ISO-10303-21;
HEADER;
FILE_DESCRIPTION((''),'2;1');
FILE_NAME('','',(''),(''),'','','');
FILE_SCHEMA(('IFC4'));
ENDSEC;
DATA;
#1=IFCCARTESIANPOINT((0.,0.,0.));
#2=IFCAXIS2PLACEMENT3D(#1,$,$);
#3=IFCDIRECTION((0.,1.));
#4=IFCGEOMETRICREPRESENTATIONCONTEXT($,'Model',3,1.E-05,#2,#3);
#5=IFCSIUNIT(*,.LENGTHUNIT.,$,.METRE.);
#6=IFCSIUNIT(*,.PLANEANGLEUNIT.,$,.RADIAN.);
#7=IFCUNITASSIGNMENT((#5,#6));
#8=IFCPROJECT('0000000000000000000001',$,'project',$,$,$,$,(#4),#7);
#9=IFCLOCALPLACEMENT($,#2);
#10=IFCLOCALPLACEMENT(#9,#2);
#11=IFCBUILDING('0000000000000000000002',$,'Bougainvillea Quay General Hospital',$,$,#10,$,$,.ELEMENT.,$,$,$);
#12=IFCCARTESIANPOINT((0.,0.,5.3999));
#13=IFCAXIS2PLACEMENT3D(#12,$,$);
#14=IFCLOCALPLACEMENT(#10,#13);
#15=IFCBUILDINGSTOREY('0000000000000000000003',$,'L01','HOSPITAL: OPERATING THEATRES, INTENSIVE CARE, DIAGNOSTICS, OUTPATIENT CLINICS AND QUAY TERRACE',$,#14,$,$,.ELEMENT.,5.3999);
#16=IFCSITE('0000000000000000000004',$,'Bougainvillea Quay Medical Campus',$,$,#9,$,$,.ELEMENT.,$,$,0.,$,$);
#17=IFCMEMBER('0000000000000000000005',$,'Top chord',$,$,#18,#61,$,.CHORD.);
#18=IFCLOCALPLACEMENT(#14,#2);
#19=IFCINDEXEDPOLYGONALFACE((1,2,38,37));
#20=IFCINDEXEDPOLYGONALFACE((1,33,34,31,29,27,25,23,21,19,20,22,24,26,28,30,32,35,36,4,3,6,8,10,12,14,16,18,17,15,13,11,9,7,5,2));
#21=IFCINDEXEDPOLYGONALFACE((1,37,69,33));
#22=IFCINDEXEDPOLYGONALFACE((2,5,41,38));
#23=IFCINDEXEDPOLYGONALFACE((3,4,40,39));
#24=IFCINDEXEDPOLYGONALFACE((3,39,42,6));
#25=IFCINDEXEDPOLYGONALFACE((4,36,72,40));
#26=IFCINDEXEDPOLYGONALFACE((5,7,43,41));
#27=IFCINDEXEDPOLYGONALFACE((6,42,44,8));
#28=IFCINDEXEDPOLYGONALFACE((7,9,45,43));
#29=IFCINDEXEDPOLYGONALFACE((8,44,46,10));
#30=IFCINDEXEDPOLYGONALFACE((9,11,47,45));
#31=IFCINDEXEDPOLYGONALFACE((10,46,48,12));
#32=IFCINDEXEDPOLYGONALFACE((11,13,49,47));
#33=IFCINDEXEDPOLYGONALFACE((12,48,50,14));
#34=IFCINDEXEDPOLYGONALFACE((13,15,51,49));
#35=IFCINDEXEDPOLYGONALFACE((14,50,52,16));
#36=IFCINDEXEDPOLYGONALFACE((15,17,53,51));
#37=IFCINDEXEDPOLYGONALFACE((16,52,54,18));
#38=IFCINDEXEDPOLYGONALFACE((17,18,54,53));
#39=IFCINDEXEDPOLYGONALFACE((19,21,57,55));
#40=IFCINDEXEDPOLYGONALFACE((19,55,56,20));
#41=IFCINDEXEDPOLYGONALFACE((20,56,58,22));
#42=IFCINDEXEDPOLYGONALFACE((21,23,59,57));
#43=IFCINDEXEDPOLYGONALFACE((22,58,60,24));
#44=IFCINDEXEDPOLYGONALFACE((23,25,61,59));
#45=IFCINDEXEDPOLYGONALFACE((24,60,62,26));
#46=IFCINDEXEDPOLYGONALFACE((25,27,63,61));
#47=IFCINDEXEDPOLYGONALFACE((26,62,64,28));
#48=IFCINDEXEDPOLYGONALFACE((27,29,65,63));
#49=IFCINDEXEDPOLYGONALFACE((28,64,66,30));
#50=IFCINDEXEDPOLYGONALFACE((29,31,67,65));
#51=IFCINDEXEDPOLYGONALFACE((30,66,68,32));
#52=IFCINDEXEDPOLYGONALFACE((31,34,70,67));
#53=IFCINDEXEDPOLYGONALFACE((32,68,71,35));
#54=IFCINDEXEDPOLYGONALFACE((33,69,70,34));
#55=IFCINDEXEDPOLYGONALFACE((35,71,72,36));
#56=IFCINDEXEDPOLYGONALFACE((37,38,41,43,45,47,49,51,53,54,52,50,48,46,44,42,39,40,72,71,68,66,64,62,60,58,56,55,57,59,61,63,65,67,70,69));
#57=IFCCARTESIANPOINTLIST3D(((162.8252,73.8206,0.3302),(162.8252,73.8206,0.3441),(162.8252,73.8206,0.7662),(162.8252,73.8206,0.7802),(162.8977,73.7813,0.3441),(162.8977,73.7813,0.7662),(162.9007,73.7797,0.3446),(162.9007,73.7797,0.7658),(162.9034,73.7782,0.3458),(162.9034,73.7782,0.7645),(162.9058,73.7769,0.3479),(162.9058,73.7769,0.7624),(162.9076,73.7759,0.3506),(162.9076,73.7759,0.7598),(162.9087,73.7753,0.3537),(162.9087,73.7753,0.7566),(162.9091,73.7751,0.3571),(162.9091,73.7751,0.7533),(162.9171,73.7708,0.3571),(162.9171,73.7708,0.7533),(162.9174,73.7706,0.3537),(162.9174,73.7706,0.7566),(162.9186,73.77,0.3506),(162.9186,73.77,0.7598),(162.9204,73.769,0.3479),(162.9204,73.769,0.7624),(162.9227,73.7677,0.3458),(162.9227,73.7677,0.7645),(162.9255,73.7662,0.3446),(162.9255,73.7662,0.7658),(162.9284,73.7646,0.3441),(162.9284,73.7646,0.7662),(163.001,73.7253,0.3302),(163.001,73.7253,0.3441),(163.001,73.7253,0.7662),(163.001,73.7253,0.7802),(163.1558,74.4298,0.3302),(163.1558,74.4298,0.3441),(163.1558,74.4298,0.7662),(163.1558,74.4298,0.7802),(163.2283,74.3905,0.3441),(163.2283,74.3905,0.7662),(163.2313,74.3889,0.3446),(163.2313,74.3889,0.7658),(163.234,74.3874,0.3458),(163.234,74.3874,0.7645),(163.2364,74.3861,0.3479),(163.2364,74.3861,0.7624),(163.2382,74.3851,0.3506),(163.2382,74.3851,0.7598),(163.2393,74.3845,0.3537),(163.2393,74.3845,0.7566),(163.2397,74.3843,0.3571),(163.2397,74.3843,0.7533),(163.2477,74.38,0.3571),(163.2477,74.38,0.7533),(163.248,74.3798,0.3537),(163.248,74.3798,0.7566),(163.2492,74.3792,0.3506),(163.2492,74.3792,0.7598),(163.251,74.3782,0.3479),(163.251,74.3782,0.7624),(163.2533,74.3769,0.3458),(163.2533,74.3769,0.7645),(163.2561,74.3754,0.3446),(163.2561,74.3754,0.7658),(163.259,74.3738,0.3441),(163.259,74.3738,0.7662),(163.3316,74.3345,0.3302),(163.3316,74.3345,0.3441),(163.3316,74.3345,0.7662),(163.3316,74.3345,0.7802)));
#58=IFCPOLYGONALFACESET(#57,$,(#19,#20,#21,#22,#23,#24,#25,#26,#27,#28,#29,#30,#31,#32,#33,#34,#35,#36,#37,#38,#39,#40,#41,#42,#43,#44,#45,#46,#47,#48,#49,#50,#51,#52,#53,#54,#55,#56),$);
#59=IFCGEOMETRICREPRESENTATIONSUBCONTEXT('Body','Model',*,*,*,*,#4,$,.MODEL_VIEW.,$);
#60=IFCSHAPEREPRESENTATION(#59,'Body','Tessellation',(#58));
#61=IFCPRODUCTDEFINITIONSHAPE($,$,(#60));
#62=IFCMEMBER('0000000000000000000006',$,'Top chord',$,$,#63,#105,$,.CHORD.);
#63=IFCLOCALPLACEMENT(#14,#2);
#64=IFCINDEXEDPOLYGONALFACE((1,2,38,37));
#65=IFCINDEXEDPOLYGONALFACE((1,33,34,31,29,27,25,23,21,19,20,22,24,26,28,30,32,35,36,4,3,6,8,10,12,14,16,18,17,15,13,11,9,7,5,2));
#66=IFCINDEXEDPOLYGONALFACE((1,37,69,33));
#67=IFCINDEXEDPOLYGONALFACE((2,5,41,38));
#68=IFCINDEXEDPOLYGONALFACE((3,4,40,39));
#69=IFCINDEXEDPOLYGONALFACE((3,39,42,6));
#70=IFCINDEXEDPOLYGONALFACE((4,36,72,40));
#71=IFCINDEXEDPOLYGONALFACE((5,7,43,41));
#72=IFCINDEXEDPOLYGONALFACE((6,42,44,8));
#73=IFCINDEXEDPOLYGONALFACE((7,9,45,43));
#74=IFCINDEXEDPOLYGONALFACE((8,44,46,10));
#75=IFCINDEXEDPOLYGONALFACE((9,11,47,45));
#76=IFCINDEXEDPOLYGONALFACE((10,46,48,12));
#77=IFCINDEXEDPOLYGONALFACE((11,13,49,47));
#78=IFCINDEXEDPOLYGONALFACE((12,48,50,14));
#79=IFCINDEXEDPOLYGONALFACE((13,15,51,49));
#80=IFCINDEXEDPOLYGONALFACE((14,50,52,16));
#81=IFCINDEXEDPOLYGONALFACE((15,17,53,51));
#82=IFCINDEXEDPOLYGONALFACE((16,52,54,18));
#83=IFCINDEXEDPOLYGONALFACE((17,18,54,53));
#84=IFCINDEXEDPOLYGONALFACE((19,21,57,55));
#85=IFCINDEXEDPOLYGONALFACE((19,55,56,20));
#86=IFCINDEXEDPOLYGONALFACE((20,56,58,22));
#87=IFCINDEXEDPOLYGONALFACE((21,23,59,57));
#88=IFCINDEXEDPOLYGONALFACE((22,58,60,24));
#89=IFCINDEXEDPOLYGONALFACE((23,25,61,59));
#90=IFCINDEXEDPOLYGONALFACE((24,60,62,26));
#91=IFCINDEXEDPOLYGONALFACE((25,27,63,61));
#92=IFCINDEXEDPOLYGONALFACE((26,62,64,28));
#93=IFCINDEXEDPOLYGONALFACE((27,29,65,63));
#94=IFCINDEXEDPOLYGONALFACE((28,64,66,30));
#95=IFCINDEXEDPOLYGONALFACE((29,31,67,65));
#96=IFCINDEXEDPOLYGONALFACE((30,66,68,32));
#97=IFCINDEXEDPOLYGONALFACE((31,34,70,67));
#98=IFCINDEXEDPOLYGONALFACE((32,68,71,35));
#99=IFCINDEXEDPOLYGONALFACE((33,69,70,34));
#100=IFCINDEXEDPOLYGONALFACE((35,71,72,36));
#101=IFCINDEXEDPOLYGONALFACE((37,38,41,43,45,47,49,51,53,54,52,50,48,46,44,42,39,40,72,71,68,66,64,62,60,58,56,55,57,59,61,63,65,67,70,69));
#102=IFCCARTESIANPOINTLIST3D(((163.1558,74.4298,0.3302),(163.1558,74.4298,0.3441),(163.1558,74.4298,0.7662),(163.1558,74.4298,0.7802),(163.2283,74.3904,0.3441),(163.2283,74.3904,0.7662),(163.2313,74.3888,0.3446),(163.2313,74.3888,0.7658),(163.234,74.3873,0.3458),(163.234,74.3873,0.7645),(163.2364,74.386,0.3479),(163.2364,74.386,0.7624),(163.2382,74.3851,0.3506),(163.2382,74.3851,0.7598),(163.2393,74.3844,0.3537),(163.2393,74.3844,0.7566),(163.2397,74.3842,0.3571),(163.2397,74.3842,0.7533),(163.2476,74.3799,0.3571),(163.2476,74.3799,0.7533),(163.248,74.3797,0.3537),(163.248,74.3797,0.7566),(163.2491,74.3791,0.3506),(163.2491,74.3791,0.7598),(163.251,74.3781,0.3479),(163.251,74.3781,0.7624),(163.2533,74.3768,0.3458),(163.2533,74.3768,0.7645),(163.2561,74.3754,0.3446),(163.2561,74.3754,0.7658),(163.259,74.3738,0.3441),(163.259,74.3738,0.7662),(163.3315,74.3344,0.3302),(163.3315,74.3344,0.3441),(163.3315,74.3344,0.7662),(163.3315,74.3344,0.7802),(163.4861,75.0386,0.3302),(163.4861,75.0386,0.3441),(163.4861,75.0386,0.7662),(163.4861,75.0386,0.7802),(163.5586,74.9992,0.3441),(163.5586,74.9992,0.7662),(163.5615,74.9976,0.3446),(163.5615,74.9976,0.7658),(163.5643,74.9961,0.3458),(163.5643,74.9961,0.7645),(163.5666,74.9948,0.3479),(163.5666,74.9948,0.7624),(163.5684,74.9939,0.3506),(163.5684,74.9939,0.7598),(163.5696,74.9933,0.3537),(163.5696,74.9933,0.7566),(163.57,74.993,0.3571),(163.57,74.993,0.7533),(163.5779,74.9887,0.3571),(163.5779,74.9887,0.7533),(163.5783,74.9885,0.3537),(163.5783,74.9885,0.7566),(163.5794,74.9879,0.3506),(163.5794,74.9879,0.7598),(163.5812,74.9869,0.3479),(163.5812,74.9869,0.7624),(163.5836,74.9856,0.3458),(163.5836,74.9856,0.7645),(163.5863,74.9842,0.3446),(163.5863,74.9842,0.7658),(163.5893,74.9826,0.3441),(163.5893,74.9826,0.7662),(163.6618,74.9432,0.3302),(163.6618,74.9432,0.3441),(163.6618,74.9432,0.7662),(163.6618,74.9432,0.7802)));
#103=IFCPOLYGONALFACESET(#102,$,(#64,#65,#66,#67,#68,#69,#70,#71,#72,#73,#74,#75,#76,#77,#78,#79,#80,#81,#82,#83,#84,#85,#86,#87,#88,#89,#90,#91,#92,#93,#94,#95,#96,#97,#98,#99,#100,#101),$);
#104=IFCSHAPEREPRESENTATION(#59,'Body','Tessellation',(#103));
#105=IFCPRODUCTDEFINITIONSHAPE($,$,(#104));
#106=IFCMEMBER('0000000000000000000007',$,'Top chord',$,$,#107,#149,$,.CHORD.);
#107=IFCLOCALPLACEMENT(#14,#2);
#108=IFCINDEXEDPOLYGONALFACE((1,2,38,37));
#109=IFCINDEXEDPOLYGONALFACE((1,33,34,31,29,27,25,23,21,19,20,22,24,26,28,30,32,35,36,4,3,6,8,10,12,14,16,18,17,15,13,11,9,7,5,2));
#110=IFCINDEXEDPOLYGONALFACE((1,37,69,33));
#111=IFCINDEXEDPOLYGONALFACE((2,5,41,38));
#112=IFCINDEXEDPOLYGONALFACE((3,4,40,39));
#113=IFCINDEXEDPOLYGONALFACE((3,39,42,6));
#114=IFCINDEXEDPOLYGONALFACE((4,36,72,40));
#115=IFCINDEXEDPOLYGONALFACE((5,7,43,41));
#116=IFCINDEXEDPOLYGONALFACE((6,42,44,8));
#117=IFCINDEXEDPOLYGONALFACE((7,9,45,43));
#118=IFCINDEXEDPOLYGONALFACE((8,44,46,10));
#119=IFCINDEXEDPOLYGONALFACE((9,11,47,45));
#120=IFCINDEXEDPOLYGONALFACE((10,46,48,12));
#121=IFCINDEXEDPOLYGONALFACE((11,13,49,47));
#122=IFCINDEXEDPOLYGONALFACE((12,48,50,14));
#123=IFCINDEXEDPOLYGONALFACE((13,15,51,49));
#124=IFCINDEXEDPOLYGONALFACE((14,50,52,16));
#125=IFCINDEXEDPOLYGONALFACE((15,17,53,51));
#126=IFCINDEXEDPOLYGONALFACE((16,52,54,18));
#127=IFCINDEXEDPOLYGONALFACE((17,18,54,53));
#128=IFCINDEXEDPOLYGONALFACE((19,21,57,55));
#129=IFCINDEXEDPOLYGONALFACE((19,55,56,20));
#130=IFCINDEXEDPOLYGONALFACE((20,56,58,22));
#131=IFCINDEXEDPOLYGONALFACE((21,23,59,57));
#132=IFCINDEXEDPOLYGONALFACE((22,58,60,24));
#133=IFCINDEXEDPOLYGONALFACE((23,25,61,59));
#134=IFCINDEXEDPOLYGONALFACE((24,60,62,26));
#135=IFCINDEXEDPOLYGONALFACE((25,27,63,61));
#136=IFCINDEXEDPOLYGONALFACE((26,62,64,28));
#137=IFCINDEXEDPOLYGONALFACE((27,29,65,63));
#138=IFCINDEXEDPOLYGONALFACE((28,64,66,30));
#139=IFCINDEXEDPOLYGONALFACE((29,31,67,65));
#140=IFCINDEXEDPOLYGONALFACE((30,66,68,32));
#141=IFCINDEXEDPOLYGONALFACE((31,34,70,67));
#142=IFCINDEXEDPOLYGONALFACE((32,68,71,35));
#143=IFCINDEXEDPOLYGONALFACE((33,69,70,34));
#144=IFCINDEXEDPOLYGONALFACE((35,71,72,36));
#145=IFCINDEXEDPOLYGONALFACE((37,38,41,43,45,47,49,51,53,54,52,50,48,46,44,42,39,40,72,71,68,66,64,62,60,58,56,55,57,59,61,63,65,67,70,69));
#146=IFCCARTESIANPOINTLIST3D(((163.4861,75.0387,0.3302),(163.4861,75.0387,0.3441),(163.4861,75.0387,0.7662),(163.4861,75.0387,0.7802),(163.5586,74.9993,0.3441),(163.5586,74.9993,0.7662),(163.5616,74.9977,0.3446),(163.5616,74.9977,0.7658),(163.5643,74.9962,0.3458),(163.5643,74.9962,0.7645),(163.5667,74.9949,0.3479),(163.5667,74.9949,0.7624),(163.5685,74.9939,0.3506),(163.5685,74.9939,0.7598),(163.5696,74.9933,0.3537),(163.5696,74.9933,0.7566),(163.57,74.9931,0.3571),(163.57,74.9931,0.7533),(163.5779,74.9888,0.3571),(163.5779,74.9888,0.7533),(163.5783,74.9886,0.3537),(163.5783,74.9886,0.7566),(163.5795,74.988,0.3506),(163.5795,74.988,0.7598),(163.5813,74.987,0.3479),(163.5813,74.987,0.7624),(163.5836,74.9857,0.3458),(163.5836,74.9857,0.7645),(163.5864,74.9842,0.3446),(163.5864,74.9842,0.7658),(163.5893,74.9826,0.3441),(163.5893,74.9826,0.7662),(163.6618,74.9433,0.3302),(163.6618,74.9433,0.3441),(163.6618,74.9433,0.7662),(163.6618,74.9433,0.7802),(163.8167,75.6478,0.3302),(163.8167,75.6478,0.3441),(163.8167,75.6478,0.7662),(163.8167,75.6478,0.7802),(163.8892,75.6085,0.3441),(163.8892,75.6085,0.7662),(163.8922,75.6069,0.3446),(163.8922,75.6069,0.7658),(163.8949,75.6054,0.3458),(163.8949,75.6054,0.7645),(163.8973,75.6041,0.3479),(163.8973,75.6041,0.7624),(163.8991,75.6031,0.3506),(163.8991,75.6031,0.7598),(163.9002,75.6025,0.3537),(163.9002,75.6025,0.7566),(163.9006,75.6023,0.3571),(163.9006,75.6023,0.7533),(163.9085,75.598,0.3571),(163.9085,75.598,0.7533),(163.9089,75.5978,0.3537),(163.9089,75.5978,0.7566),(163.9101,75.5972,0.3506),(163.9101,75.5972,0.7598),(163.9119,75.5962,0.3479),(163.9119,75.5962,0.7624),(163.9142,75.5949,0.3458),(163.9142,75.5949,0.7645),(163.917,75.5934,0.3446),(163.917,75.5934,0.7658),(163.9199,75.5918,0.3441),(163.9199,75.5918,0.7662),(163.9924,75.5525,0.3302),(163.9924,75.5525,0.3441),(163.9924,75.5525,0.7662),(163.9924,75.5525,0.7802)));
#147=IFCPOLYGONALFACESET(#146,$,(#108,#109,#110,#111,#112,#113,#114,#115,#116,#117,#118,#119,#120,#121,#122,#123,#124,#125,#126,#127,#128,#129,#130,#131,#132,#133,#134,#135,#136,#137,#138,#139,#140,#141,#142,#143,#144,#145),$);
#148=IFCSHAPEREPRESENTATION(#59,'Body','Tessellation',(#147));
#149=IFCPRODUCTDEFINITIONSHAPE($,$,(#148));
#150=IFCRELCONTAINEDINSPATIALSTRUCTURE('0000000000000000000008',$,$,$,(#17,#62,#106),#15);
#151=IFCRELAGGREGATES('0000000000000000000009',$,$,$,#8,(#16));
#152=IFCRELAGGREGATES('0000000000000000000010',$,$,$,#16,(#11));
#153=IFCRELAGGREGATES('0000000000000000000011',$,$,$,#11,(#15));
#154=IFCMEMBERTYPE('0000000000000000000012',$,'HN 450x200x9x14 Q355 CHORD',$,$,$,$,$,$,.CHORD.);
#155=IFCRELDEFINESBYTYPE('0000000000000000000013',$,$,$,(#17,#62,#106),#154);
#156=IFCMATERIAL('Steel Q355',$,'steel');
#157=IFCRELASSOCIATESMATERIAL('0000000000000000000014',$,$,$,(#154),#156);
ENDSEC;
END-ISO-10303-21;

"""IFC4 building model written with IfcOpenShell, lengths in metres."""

from ifc_helpers import new_model, si_unit, direction, frame, origin, origin_2d, place, context, subcontext, project, spatial, i_section, extrude, material, material_profile, profile_set, type_object, element, save


model = new_model("IFC4")

# Units and contexts
model_context = context("Model", 3, precision=1e-05, world=origin(), true_north=direction((0.0, 1.0)))
body_context = subcontext(model_context, "Body", "Model", "MODEL_VIEW")
ifc_project = project(units=[si_unit("LENGTHUNIT", "METRE"), si_unit("PLANEANGLEUNIT", "RADIAN")], contexts=[model_context])

# Site, building, storey
site_placement = place(None, origin())
site = spatial("IfcSite", under=ifc_project, at=site_placement, Name="Bougainvillea Quay Medical Campus", CompositionType="ELEMENT", RefElevation=0.0)
building_placement = place(site_placement, origin())
building = spatial("IfcBuilding", under=site, at=building_placement, Name="Bougainvillea Quay General Hospital", CompositionType="ELEMENT")
storey_placement = place(building_placement, frame((0.0, 0.0, 5.3999)))
storey = spatial("IfcBuildingStorey", under=building, at=storey_placement, Name="L01", Description="HOSPITAL: OPERATING THEATRES, INTENSIVE CARE, DIAGNOSTICS, OUTPATIENT CLINICS AND QUAY TERRACE", CompositionType="ELEMENT", Elevation=5.3999)

# Members
ifc_material_1 = material(Name="Steel Q355", Category="steel")
ifc_material_profile_1 = material_profile(ifc_material_1, i_section(OverallWidth=0.2, OverallDepth=0.45, WebThickness=0.009, FlangeThickness=0.0139, FilletRadius=0.0129, at=origin_2d()))
ifc_profile_set_1 = profile_set([ifc_material_profile_1], Name="Steel Q355")
member_type_1 = type_object("IfcMemberType", Name="HN 450x200x9x14 Q355 CHORD", PredefinedType="CHORD", material=ifc_profile_set_1)
member_1_placement = place(storey_placement, frame((162.9131, 73.7729, 0.5552), z_axis=(0.476975, 0.878917, 0.0), x_axis=(-0.878917, 0.476975, 0.0)))
element("IfcMember", 1, at=member_1_placement, inside=storey, type_object=member_type_1, Name="Top chord", PredefinedType="CHORD", context=body_context, shape_type="SweptSolid", body=[
    extrude(i_section(OverallWidth=0.2, OverallDepth=0.45, WebThickness=0.009, FlangeThickness=0.0139, FilletRadius=0.0129, at=origin_2d()), origin(), (0.0, 0.0, 1.0), 0.6931),
])
member_2_placement = place(storey_placement, frame((163.2437, 74.3821, 0.5552), z_axis=(0.476851, 0.878984, 0.0), x_axis=(-0.878984, 0.476851, 0.0)))
element("IfcMember", 2, at=member_2_placement, inside=storey, type_object=member_type_1, Name="Top chord", PredefinedType="CHORD", context=body_context, shape_type="SweptSolid", body=[
    extrude(i_section(OverallWidth=0.2, OverallDepth=0.45, WebThickness=0.009, FlangeThickness=0.0139, FilletRadius=0.0129, at=origin_2d()), origin(), (0.0, 0.0, 1.0), 0.6926),
])
member_3_placement = place(storey_placement, frame((163.574, 74.991, 0.5552), z_axis=(0.476975, 0.878917, 0.0), x_axis=(-0.878917, 0.476975, 0.0)))
element("IfcMember", 3, at=member_3_placement, inside=storey, type_object=member_type_1, Name="Top chord", PredefinedType="CHORD", context=body_context, shape_type="SweptSolid", body=[
    extrude(i_section(OverallWidth=0.2, OverallDepth=0.45, WebThickness=0.009, FlangeThickness=0.0139, FilletRadius=0.0129, at=origin_2d()), origin(), (0.0, 0.0, 1.0), 0.6931),
])

save(model, "model.ifc")
